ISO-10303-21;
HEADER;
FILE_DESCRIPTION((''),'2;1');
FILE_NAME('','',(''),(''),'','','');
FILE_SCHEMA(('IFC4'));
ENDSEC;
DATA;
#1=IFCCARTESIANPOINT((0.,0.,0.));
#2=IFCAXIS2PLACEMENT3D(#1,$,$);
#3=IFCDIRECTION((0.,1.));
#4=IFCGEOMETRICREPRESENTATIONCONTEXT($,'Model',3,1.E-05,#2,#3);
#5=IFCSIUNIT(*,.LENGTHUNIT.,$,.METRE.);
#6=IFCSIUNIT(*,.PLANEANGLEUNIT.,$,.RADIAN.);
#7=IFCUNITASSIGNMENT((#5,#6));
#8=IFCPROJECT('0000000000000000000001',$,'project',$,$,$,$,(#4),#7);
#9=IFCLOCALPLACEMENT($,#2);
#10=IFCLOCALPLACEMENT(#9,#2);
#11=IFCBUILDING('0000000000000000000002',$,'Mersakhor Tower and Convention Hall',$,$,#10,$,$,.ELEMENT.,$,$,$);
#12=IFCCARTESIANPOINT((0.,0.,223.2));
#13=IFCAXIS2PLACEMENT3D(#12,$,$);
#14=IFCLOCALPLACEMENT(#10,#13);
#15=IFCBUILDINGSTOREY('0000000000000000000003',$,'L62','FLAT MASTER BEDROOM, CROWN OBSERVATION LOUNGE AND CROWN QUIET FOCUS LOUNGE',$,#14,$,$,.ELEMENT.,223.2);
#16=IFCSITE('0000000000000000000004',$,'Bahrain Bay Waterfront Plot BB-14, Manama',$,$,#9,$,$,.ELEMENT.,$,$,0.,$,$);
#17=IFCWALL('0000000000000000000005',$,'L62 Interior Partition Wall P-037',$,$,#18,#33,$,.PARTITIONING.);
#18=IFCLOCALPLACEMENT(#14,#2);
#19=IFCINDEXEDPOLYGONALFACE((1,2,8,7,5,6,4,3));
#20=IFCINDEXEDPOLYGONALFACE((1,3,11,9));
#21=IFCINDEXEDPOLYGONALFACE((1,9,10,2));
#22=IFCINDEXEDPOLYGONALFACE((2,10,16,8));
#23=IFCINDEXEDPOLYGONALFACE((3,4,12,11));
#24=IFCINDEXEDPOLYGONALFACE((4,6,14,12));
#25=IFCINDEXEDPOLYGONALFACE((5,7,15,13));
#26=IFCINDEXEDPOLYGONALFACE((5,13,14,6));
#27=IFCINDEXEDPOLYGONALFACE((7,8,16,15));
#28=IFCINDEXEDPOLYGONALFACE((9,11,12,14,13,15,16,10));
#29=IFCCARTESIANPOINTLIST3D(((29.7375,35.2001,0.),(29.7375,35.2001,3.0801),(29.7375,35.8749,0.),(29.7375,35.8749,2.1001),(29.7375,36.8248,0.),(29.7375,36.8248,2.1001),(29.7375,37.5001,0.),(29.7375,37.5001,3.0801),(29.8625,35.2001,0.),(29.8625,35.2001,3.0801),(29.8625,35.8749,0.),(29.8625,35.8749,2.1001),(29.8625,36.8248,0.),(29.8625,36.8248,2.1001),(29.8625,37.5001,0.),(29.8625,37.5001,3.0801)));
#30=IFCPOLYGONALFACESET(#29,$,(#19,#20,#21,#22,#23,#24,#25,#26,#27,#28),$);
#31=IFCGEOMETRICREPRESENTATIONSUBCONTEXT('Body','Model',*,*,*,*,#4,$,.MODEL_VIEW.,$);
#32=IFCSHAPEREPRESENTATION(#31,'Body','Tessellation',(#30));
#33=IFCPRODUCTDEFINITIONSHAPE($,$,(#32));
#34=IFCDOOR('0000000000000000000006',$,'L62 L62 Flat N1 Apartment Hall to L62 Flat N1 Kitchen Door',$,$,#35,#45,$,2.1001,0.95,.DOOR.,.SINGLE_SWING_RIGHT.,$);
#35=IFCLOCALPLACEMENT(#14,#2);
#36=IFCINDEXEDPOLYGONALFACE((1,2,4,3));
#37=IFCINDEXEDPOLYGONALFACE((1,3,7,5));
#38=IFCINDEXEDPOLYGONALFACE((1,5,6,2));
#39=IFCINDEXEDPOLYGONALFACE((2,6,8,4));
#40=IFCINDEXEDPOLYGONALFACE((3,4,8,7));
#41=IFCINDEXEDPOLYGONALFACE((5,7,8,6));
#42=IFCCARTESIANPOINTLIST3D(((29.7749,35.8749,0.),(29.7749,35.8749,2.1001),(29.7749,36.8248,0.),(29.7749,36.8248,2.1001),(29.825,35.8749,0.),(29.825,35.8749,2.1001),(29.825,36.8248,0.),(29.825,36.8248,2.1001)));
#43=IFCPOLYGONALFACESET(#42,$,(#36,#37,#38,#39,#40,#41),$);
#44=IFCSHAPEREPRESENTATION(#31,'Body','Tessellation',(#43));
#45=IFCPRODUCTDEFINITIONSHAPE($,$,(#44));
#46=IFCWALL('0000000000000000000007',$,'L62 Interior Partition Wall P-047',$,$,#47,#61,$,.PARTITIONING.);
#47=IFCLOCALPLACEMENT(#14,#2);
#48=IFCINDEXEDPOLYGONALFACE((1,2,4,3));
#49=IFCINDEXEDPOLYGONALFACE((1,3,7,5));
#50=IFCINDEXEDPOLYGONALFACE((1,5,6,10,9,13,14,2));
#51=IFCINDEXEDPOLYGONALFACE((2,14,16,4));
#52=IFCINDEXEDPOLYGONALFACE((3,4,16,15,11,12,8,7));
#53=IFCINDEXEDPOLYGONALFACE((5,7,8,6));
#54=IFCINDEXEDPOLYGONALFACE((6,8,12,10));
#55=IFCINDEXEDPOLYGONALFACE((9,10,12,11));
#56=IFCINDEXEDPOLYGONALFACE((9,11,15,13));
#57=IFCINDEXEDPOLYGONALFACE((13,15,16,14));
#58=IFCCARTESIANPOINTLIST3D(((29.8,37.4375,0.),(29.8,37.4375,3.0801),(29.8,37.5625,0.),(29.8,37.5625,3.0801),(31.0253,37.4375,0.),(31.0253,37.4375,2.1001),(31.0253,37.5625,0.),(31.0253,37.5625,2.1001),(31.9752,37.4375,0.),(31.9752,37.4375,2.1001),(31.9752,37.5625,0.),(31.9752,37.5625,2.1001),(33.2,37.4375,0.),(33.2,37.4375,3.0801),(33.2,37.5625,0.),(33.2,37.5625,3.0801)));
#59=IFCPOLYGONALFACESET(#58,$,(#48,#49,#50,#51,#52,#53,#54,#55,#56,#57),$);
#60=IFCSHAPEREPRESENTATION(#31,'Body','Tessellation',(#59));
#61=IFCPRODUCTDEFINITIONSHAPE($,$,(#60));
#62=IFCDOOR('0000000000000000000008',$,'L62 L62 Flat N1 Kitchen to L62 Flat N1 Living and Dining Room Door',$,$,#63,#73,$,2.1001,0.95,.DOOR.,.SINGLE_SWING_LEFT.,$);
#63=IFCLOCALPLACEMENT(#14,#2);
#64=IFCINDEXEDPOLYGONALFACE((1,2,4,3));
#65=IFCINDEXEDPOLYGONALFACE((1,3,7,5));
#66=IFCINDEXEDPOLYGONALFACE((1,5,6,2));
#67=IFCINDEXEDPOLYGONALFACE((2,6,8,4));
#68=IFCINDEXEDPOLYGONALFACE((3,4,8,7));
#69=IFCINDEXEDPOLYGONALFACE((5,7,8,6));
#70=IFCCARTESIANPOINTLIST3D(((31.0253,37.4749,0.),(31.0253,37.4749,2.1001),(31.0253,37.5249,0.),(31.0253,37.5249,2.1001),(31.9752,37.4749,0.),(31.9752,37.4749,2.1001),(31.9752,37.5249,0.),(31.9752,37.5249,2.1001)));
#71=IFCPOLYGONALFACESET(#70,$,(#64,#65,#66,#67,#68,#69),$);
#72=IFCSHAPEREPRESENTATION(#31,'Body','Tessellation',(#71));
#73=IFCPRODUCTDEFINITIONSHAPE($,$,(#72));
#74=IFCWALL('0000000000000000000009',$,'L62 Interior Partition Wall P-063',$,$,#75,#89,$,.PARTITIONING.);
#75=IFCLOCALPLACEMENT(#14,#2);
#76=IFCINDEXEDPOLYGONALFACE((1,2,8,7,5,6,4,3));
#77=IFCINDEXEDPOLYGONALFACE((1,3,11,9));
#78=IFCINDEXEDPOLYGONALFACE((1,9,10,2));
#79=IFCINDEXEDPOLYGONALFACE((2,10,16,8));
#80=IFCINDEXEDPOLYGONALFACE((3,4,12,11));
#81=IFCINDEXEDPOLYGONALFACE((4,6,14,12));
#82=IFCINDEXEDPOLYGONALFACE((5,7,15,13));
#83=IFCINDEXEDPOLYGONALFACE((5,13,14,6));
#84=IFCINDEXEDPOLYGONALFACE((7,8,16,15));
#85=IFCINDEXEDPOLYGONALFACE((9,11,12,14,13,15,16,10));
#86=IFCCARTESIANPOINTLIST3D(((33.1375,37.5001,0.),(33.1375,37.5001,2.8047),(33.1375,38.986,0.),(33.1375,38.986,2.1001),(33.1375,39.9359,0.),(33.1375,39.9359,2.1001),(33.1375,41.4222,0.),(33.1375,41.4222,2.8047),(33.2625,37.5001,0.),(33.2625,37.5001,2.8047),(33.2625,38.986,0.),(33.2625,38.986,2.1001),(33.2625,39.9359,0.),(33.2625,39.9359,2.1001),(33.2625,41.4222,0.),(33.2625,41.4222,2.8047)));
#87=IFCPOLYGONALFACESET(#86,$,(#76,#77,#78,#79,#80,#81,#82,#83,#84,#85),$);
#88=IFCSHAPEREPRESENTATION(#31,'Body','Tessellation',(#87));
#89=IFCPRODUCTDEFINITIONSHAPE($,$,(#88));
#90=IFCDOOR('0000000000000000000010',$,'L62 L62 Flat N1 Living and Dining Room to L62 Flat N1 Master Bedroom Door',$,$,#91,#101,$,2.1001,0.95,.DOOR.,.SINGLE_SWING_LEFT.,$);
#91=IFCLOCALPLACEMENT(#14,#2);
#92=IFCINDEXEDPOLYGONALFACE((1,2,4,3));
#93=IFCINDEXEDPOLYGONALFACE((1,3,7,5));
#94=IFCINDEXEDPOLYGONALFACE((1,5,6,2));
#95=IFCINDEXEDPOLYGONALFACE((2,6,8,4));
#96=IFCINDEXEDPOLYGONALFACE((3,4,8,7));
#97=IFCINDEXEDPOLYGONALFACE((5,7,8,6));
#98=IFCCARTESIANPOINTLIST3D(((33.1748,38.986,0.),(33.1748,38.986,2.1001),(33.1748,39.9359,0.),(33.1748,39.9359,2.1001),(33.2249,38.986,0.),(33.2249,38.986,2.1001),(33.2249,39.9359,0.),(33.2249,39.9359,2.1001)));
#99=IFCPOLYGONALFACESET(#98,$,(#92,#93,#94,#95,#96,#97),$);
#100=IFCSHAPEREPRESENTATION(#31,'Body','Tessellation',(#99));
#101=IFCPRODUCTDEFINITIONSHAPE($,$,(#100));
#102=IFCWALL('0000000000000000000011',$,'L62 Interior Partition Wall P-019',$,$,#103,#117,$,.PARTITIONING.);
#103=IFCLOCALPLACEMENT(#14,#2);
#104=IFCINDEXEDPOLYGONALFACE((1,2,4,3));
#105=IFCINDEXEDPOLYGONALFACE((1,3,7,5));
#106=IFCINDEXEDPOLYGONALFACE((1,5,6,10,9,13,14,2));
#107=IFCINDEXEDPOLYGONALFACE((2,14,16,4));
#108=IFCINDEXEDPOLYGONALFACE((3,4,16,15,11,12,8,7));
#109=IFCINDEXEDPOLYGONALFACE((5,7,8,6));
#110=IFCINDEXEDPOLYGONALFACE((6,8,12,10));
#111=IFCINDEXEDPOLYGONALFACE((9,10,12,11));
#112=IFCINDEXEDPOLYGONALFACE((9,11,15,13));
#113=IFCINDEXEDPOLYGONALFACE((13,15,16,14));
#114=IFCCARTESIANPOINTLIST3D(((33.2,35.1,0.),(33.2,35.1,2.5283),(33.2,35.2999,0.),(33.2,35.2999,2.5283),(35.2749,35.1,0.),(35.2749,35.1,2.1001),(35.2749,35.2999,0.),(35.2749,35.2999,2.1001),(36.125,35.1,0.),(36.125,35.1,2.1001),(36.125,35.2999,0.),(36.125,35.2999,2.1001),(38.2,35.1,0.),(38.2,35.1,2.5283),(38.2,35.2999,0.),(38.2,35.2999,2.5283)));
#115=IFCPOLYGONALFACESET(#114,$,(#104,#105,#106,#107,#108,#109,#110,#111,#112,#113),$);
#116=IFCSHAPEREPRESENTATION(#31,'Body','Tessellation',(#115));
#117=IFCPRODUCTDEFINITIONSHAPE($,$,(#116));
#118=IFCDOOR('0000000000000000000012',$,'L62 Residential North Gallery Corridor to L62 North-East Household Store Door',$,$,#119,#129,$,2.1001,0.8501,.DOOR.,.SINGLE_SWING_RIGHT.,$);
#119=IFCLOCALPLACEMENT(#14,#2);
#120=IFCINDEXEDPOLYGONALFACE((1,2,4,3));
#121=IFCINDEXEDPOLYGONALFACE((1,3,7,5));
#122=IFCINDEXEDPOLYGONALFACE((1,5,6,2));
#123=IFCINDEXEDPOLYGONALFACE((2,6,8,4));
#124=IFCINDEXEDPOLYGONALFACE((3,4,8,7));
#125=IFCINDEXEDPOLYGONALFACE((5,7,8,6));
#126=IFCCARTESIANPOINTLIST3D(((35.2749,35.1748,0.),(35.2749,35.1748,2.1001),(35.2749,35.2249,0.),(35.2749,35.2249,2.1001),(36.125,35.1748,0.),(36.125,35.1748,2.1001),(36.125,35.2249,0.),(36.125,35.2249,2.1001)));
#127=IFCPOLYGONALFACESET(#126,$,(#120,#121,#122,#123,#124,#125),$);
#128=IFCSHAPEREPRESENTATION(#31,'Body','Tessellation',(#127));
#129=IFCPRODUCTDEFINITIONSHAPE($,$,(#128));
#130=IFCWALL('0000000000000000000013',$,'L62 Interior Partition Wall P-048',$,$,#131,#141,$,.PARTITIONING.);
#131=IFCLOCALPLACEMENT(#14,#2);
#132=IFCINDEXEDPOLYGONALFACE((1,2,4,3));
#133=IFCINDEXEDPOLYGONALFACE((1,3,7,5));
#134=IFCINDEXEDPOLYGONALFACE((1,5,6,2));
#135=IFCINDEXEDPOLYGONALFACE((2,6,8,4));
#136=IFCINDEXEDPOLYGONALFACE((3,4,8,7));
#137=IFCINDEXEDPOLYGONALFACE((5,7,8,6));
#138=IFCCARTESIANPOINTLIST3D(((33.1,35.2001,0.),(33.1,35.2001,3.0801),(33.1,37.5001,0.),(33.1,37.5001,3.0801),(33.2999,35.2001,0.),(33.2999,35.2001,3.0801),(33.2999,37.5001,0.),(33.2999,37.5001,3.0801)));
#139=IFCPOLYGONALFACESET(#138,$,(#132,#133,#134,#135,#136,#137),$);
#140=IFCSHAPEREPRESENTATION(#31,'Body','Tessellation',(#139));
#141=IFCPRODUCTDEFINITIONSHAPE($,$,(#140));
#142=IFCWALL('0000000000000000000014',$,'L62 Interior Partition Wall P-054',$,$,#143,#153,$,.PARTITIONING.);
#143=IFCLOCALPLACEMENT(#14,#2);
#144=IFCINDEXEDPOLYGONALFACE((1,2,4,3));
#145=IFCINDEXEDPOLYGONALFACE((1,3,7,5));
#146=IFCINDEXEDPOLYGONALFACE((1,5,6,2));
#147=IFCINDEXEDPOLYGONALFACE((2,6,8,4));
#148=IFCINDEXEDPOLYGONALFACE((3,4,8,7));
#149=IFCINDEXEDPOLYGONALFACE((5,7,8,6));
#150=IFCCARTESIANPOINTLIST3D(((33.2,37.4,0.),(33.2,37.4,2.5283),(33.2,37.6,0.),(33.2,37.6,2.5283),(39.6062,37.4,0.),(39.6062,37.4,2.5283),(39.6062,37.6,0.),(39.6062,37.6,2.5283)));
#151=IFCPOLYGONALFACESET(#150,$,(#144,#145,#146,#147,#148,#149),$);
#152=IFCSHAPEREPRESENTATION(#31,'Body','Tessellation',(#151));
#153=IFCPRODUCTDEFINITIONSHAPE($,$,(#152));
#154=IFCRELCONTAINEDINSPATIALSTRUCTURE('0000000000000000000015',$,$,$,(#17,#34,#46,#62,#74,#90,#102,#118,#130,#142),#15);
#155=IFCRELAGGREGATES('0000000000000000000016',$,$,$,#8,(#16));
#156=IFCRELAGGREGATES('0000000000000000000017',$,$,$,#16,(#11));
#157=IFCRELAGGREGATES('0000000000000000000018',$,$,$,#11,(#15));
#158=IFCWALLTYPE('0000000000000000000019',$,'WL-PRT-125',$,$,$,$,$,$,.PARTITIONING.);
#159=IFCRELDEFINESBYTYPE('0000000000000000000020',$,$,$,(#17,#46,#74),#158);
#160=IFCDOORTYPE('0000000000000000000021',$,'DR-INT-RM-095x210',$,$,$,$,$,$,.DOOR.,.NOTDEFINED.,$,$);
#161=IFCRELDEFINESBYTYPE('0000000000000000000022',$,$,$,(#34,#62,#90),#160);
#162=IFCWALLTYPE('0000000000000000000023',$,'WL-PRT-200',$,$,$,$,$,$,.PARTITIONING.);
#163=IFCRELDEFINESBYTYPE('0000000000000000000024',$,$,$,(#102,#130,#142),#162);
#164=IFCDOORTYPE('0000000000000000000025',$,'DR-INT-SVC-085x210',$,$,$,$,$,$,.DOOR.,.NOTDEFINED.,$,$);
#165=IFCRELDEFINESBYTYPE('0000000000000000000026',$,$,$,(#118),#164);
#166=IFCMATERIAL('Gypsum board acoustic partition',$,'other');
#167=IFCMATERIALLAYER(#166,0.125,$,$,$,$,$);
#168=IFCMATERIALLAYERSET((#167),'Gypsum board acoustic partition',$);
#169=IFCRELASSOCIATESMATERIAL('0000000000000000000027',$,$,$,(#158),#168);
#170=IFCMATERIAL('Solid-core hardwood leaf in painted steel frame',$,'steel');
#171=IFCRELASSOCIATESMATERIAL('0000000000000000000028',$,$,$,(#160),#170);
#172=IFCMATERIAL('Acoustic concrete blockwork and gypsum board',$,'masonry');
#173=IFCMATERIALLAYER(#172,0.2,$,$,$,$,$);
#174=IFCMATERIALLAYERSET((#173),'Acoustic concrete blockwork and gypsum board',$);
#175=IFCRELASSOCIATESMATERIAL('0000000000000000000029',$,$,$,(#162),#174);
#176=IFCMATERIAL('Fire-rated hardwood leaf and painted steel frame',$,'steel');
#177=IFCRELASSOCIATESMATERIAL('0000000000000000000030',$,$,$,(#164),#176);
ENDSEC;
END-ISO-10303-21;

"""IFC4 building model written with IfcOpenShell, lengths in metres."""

from ifc_helpers import new_model, si_unit, direction, frame, frame_2d, origin, place, context, subcontext, project, spatial, rectangle, extrude, material, layer, layer_set, type_object, element, fill, save


model = new_model("IFC4")

# Units and contexts
model_context = context("Model", 3, precision=1e-05, world=origin(), true_north=direction((0.0, 1.0)))
body_context = subcontext(model_context, "Body", "Model", "MODEL_VIEW")
ifc_project = project(units=[si_unit("LENGTHUNIT", "METRE"), si_unit("PLANEANGLEUNIT", "RADIAN")], contexts=[model_context])

# Site, building, storey
site_placement = place(None, origin())
site = spatial("IfcSite", under=ifc_project, at=site_placement, Name="Bahrain Bay Waterfront Plot BB-14, Manama", CompositionType="ELEMENT", RefElevation=0.0)
building_placement = place(site_placement, origin())
building = spatial("IfcBuilding", under=site, at=building_placement, Name="Mersakhor Tower and Convention Hall", CompositionType="ELEMENT")
storey_placement = place(building_placement, frame((0.0, 0.0, 223.2)))
storey = spatial("IfcBuildingStorey", under=building, at=storey_placement, Name="L62", Description="FLAT MASTER BEDROOM, CROWN OBSERVATION LOUNGE AND CROWN QUIET FOCUS LOUNGE", CompositionType="ELEMENT", Elevation=223.2)

# Walls, openings, doors
ifc_material_1 = material(Name="Gypsum board acoustic partition", Category="other")
ifc_layer_1 = layer(ifc_material_1, 0.125)
ifc_layer_set_1 = layer_set([ifc_layer_1], Name="Gypsum board acoustic partition")
wall_type_1 = type_object("IfcWallType", Name="WL-PRT-125", PredefinedType="PARTITIONING", material=ifc_layer_set_1)
wall_1_placement = place(storey_placement, frame((29.8, 37.5, 0.0), z_axis=(0.0, 0.0, 1.0), x_axis=(0.0, -1.0, 0.0)))
wall_1 = element("IfcWall", 1, at=wall_1_placement, inside=storey, type_object=wall_type_1, Name="L62 Interior Partition Wall P-037", PredefinedType="PARTITIONING", context=body_context, shape_type="SweptSolid", body=[
    extrude(rectangle(XDim=2.3, YDim=0.125, at=frame_2d((1.1499, 0.0))), origin(), (0.0, 0.0, 1.0), 3.0801),
])
opening_1_placement = place(wall_1_placement, frame((0.675, 0.0, 0.0)))
opening_1 = element("IfcOpeningElement", 2, at=opening_1_placement, cuts=wall_1, PredefinedType="OPENING", context=body_context, shape_type="SweptSolid", body=[
    extrude(rectangle(XDim=0.95, YDim=2.1001, at=frame_2d((0.4751, 1.05))), frame((0.0, 0.0725, 0.0), z_axis=(0.0, -1.0, 0.0), x_axis=(1.0, 0.0, 0.0)), (0.0, 0.0, 1.0), 0.145),
])
ifc_material_2 = material(Name="Solid-core hardwood leaf in painted steel frame", Category="steel")
door_type_1 = type_object("IfcDoorType", Name="DR-INT-RM-095x210", OperationType="NOTDEFINED", PredefinedType="DOOR", material=ifc_material_2)
door_1_placement = place(opening_1_placement, origin())
door_1 = element("IfcDoor", 3, at=door_1_placement, inside=storey, type_object=door_type_1, Name="L62 L62 Flat N1 Apartment Hall to L62 Flat N1 Kitchen Door", OperationType="SINGLE_SWING_RIGHT", OverallHeight=2.1001, OverallWidth=0.95, PredefinedType="DOOR", context=body_context, shape_type="SweptSolid", body=[
    extrude(rectangle(XDim=0.95, YDim=2.1001, at=frame_2d((0.4751, 1.05))), frame((0.0, 0.0249, 0.0), z_axis=(0.0, -1.0, 0.0), x_axis=(1.0, 0.0, 0.0)), (0.0, 0.0, 1.0), 0.05),
])
fill(opening_1, door_1)
wall_2_placement = place(storey_placement, frame((29.8, 37.5, 0.0), z_axis=(0.0, 0.0, 1.0), x_axis=(1.0, 0.0, 0.0)))
wall_2 = element("IfcWall", 4, at=wall_2_placement, inside=storey, type_object=wall_type_1, Name="L62 Interior Partition Wall P-047", PredefinedType="PARTITIONING", context=body_context, shape_type="SweptSolid", body=[
    extrude(rectangle(XDim=3.3999, YDim=0.125, at=frame_2d((1.7, 0.0))), origin(), (0.0, 0.0, 1.0), 3.0801),
])
opening_2_placement = place(wall_2_placement, frame((1.2251, 0.0, 0.0)))
opening_2 = element("IfcOpeningElement", 5, at=opening_2_placement, cuts=wall_2, PredefinedType="OPENING", context=body_context, shape_type="SweptSolid", body=[
    extrude(rectangle(XDim=0.95, YDim=2.1001, at=frame_2d((0.4751, 1.05))), frame((0.0, 0.0725, 0.0), z_axis=(0.0, -1.0, 0.0), x_axis=(1.0, 0.0, 0.0)), (0.0, 0.0, 1.0), 0.145),
])
door_2_placement = place(opening_2_placement, origin())
door_2 = element("IfcDoor", 6, at=door_2_placement, inside=storey, type_object=door_type_1, Name="L62 L62 Flat N1 Kitchen to L62 Flat N1 Living and Dining Room Door", OperationType="SINGLE_SWING_LEFT", OverallHeight=2.1001, OverallWidth=0.95, PredefinedType="DOOR", context=body_context, shape_type="SweptSolid", body=[
    extrude(rectangle(XDim=0.95, YDim=2.1001, at=frame_2d((0.4751, 1.05))), frame((0.0, 0.0249, 0.0), z_axis=(0.0, -1.0, 0.0), x_axis=(1.0, 0.0, 0.0)), (0.0, 0.0, 1.0), 0.05),
])
fill(opening_2, door_2)
wall_3_placement = place(storey_placement, frame((33.2, 41.4221, 0.0), z_axis=(0.0, 0.0, 1.0), x_axis=(0.0, -1.0, 0.0)))
wall_3 = element("IfcWall", 7, at=wall_3_placement, inside=storey, type_object=wall_type_1, Name="L62 Interior Partition Wall P-063", PredefinedType="PARTITIONING", context=body_context, shape_type="SweptSolid", body=[
    extrude(rectangle(XDim=3.9221, YDim=0.125, at=frame_2d((1.9609, 0.0))), origin(), (0.0, 0.0, 1.0), 2.8047),
])
opening_3_placement = place(wall_3_placement, frame((1.4861, 0.0, 0.0)))
opening_3 = element("IfcOpeningElement", 8, at=opening_3_placement, cuts=wall_3, PredefinedType="OPENING", context=body_context, shape_type="SweptSolid", body=[
    extrude(rectangle(XDim=0.95, YDim=2.1001, at=frame_2d((0.4751, 1.05))), frame((0.0, 0.0725, 0.0), z_axis=(0.0, -1.0, 0.0), x_axis=(1.0, 0.0, 0.0)), (0.0, 0.0, 1.0), 0.145),
])
door_3_placement = place(opening_3_placement, origin())
door_3 = element("IfcDoor", 9, at=door_3_placement, inside=storey, type_object=door_type_1, Name="L62 L62 Flat N1 Living and Dining Room to L62 Flat N1 Master Bedroom Door", OperationType="SINGLE_SWING_LEFT", OverallHeight=2.1001, OverallWidth=0.95, PredefinedType="DOOR", context=body_context, shape_type="SweptSolid", body=[
    extrude(rectangle(XDim=0.95, YDim=2.1001, at=frame_2d((0.4751, 1.05))), frame((0.0, 0.0249, 0.0), z_axis=(0.0, -1.0, 0.0), x_axis=(1.0, 0.0, 0.0)), (0.0, 0.0, 1.0), 0.05),
])
fill(opening_3, door_3)
ifc_material_3 = material(Name="Acoustic concrete blockwork and gypsum board", Category="masonry")
ifc_layer_2 = layer(ifc_material_3, 0.2)
ifc_layer_set_2 = layer_set([ifc_layer_2], Name="Acoustic concrete blockwork and gypsum board")
wall_type_2 = type_object("IfcWallType", Name="WL-PRT-200", PredefinedType="PARTITIONING", material=ifc_layer_set_2)
wall_4_placement = place(storey_placement, frame((33.2, 35.2, 0.0), z_axis=(0.0, 0.0, 1.0), x_axis=(1.0, 0.0, 0.0)))
wall_4 = element("IfcWall", 10, at=wall_4_placement, inside=storey, type_object=wall_type_2, Name="L62 Interior Partition Wall P-019", PredefinedType="PARTITIONING", context=body_context, shape_type="SweptSolid", body=[
    extrude(rectangle(XDim=5.0, YDim=0.2, at=frame_2d((2.5, 0.0))), origin(), (0.0, 0.0, 1.0), 2.5283),
])
opening_4_placement = place(wall_4_placement, frame((2.075, 0.0, 0.0)))
opening_4 = element("IfcOpeningElement", 11, at=opening_4_placement, cuts=wall_4, PredefinedType="OPENING", context=body_context, shape_type="SweptSolid", body=[
    extrude(rectangle(XDim=0.8501, YDim=2.1001, at=frame_2d((0.425, 1.05))), frame((0.0, 0.1099, 0.0), z_axis=(0.0, -1.0, 0.0), x_axis=(1.0, 0.0, 0.0)), (0.0, 0.0, 1.0), 0.22),
])
ifc_material_4 = material(Name="Fire-rated hardwood leaf and painted steel frame", Category="steel")
door_type_2 = type_object("IfcDoorType", Name="DR-INT-SVC-085x210", OperationType="NOTDEFINED", PredefinedType="DOOR", material=ifc_material_4)
door_4_placement = place(opening_4_placement, origin())
door_4 = element("IfcDoor", 12, at=door_4_placement, inside=storey, type_object=door_type_2, Name="L62 Residential North Gallery Corridor to L62 North-East Household Store Door", OperationType="SINGLE_SWING_RIGHT", OverallHeight=2.1001, OverallWidth=0.8501, PredefinedType="DOOR", context=body_context, shape_type="SweptSolid", body=[
    extrude(rectangle(XDim=0.8501, YDim=2.1001, at=frame_2d((0.425, 1.05))), frame((0.0, 0.0249, 0.0), z_axis=(0.0, -1.0, 0.0), x_axis=(1.0, 0.0, 0.0)), (0.0, 0.0, 1.0), 0.05),
])
fill(opening_4, door_4)

# Walls
wall_5_placement = place(storey_placement, frame((33.2, 37.5, 0.0), z_axis=(0.0, 0.0, 1.0), x_axis=(0.0, -1.0, 0.0)))
element("IfcWall", 13, at=wall_5_placement, inside=storey, type_object=wall_type_2, Name="L62 Interior Partition Wall P-048", PredefinedType="PARTITIONING", context=body_context, shape_type="SweptSolid", body=[
    extrude(rectangle(XDim=2.3, YDim=0.2, at=frame_2d((1.1499, 0.0))), origin(), (0.0, 0.0, 1.0), 3.0801),
])
wall_6_placement = place(storey_placement, frame((33.2, 37.5, 0.0), z_axis=(0.0, 0.0, 1.0), x_axis=(1.0, 0.0, 0.0)))
element("IfcWall", 14, at=wall_6_placement, inside=storey, type_object=wall_type_2, Name="L62 Interior Partition Wall P-054", PredefinedType="PARTITIONING", context=body_context, shape_type="SweptSolid", body=[
    extrude(rectangle(XDim=6.4062, YDim=0.2, at=frame_2d((3.2031, 0.0))), origin(), (0.0, 0.0, 1.0), 2.5283),
])

save(model, "model.ifc")
